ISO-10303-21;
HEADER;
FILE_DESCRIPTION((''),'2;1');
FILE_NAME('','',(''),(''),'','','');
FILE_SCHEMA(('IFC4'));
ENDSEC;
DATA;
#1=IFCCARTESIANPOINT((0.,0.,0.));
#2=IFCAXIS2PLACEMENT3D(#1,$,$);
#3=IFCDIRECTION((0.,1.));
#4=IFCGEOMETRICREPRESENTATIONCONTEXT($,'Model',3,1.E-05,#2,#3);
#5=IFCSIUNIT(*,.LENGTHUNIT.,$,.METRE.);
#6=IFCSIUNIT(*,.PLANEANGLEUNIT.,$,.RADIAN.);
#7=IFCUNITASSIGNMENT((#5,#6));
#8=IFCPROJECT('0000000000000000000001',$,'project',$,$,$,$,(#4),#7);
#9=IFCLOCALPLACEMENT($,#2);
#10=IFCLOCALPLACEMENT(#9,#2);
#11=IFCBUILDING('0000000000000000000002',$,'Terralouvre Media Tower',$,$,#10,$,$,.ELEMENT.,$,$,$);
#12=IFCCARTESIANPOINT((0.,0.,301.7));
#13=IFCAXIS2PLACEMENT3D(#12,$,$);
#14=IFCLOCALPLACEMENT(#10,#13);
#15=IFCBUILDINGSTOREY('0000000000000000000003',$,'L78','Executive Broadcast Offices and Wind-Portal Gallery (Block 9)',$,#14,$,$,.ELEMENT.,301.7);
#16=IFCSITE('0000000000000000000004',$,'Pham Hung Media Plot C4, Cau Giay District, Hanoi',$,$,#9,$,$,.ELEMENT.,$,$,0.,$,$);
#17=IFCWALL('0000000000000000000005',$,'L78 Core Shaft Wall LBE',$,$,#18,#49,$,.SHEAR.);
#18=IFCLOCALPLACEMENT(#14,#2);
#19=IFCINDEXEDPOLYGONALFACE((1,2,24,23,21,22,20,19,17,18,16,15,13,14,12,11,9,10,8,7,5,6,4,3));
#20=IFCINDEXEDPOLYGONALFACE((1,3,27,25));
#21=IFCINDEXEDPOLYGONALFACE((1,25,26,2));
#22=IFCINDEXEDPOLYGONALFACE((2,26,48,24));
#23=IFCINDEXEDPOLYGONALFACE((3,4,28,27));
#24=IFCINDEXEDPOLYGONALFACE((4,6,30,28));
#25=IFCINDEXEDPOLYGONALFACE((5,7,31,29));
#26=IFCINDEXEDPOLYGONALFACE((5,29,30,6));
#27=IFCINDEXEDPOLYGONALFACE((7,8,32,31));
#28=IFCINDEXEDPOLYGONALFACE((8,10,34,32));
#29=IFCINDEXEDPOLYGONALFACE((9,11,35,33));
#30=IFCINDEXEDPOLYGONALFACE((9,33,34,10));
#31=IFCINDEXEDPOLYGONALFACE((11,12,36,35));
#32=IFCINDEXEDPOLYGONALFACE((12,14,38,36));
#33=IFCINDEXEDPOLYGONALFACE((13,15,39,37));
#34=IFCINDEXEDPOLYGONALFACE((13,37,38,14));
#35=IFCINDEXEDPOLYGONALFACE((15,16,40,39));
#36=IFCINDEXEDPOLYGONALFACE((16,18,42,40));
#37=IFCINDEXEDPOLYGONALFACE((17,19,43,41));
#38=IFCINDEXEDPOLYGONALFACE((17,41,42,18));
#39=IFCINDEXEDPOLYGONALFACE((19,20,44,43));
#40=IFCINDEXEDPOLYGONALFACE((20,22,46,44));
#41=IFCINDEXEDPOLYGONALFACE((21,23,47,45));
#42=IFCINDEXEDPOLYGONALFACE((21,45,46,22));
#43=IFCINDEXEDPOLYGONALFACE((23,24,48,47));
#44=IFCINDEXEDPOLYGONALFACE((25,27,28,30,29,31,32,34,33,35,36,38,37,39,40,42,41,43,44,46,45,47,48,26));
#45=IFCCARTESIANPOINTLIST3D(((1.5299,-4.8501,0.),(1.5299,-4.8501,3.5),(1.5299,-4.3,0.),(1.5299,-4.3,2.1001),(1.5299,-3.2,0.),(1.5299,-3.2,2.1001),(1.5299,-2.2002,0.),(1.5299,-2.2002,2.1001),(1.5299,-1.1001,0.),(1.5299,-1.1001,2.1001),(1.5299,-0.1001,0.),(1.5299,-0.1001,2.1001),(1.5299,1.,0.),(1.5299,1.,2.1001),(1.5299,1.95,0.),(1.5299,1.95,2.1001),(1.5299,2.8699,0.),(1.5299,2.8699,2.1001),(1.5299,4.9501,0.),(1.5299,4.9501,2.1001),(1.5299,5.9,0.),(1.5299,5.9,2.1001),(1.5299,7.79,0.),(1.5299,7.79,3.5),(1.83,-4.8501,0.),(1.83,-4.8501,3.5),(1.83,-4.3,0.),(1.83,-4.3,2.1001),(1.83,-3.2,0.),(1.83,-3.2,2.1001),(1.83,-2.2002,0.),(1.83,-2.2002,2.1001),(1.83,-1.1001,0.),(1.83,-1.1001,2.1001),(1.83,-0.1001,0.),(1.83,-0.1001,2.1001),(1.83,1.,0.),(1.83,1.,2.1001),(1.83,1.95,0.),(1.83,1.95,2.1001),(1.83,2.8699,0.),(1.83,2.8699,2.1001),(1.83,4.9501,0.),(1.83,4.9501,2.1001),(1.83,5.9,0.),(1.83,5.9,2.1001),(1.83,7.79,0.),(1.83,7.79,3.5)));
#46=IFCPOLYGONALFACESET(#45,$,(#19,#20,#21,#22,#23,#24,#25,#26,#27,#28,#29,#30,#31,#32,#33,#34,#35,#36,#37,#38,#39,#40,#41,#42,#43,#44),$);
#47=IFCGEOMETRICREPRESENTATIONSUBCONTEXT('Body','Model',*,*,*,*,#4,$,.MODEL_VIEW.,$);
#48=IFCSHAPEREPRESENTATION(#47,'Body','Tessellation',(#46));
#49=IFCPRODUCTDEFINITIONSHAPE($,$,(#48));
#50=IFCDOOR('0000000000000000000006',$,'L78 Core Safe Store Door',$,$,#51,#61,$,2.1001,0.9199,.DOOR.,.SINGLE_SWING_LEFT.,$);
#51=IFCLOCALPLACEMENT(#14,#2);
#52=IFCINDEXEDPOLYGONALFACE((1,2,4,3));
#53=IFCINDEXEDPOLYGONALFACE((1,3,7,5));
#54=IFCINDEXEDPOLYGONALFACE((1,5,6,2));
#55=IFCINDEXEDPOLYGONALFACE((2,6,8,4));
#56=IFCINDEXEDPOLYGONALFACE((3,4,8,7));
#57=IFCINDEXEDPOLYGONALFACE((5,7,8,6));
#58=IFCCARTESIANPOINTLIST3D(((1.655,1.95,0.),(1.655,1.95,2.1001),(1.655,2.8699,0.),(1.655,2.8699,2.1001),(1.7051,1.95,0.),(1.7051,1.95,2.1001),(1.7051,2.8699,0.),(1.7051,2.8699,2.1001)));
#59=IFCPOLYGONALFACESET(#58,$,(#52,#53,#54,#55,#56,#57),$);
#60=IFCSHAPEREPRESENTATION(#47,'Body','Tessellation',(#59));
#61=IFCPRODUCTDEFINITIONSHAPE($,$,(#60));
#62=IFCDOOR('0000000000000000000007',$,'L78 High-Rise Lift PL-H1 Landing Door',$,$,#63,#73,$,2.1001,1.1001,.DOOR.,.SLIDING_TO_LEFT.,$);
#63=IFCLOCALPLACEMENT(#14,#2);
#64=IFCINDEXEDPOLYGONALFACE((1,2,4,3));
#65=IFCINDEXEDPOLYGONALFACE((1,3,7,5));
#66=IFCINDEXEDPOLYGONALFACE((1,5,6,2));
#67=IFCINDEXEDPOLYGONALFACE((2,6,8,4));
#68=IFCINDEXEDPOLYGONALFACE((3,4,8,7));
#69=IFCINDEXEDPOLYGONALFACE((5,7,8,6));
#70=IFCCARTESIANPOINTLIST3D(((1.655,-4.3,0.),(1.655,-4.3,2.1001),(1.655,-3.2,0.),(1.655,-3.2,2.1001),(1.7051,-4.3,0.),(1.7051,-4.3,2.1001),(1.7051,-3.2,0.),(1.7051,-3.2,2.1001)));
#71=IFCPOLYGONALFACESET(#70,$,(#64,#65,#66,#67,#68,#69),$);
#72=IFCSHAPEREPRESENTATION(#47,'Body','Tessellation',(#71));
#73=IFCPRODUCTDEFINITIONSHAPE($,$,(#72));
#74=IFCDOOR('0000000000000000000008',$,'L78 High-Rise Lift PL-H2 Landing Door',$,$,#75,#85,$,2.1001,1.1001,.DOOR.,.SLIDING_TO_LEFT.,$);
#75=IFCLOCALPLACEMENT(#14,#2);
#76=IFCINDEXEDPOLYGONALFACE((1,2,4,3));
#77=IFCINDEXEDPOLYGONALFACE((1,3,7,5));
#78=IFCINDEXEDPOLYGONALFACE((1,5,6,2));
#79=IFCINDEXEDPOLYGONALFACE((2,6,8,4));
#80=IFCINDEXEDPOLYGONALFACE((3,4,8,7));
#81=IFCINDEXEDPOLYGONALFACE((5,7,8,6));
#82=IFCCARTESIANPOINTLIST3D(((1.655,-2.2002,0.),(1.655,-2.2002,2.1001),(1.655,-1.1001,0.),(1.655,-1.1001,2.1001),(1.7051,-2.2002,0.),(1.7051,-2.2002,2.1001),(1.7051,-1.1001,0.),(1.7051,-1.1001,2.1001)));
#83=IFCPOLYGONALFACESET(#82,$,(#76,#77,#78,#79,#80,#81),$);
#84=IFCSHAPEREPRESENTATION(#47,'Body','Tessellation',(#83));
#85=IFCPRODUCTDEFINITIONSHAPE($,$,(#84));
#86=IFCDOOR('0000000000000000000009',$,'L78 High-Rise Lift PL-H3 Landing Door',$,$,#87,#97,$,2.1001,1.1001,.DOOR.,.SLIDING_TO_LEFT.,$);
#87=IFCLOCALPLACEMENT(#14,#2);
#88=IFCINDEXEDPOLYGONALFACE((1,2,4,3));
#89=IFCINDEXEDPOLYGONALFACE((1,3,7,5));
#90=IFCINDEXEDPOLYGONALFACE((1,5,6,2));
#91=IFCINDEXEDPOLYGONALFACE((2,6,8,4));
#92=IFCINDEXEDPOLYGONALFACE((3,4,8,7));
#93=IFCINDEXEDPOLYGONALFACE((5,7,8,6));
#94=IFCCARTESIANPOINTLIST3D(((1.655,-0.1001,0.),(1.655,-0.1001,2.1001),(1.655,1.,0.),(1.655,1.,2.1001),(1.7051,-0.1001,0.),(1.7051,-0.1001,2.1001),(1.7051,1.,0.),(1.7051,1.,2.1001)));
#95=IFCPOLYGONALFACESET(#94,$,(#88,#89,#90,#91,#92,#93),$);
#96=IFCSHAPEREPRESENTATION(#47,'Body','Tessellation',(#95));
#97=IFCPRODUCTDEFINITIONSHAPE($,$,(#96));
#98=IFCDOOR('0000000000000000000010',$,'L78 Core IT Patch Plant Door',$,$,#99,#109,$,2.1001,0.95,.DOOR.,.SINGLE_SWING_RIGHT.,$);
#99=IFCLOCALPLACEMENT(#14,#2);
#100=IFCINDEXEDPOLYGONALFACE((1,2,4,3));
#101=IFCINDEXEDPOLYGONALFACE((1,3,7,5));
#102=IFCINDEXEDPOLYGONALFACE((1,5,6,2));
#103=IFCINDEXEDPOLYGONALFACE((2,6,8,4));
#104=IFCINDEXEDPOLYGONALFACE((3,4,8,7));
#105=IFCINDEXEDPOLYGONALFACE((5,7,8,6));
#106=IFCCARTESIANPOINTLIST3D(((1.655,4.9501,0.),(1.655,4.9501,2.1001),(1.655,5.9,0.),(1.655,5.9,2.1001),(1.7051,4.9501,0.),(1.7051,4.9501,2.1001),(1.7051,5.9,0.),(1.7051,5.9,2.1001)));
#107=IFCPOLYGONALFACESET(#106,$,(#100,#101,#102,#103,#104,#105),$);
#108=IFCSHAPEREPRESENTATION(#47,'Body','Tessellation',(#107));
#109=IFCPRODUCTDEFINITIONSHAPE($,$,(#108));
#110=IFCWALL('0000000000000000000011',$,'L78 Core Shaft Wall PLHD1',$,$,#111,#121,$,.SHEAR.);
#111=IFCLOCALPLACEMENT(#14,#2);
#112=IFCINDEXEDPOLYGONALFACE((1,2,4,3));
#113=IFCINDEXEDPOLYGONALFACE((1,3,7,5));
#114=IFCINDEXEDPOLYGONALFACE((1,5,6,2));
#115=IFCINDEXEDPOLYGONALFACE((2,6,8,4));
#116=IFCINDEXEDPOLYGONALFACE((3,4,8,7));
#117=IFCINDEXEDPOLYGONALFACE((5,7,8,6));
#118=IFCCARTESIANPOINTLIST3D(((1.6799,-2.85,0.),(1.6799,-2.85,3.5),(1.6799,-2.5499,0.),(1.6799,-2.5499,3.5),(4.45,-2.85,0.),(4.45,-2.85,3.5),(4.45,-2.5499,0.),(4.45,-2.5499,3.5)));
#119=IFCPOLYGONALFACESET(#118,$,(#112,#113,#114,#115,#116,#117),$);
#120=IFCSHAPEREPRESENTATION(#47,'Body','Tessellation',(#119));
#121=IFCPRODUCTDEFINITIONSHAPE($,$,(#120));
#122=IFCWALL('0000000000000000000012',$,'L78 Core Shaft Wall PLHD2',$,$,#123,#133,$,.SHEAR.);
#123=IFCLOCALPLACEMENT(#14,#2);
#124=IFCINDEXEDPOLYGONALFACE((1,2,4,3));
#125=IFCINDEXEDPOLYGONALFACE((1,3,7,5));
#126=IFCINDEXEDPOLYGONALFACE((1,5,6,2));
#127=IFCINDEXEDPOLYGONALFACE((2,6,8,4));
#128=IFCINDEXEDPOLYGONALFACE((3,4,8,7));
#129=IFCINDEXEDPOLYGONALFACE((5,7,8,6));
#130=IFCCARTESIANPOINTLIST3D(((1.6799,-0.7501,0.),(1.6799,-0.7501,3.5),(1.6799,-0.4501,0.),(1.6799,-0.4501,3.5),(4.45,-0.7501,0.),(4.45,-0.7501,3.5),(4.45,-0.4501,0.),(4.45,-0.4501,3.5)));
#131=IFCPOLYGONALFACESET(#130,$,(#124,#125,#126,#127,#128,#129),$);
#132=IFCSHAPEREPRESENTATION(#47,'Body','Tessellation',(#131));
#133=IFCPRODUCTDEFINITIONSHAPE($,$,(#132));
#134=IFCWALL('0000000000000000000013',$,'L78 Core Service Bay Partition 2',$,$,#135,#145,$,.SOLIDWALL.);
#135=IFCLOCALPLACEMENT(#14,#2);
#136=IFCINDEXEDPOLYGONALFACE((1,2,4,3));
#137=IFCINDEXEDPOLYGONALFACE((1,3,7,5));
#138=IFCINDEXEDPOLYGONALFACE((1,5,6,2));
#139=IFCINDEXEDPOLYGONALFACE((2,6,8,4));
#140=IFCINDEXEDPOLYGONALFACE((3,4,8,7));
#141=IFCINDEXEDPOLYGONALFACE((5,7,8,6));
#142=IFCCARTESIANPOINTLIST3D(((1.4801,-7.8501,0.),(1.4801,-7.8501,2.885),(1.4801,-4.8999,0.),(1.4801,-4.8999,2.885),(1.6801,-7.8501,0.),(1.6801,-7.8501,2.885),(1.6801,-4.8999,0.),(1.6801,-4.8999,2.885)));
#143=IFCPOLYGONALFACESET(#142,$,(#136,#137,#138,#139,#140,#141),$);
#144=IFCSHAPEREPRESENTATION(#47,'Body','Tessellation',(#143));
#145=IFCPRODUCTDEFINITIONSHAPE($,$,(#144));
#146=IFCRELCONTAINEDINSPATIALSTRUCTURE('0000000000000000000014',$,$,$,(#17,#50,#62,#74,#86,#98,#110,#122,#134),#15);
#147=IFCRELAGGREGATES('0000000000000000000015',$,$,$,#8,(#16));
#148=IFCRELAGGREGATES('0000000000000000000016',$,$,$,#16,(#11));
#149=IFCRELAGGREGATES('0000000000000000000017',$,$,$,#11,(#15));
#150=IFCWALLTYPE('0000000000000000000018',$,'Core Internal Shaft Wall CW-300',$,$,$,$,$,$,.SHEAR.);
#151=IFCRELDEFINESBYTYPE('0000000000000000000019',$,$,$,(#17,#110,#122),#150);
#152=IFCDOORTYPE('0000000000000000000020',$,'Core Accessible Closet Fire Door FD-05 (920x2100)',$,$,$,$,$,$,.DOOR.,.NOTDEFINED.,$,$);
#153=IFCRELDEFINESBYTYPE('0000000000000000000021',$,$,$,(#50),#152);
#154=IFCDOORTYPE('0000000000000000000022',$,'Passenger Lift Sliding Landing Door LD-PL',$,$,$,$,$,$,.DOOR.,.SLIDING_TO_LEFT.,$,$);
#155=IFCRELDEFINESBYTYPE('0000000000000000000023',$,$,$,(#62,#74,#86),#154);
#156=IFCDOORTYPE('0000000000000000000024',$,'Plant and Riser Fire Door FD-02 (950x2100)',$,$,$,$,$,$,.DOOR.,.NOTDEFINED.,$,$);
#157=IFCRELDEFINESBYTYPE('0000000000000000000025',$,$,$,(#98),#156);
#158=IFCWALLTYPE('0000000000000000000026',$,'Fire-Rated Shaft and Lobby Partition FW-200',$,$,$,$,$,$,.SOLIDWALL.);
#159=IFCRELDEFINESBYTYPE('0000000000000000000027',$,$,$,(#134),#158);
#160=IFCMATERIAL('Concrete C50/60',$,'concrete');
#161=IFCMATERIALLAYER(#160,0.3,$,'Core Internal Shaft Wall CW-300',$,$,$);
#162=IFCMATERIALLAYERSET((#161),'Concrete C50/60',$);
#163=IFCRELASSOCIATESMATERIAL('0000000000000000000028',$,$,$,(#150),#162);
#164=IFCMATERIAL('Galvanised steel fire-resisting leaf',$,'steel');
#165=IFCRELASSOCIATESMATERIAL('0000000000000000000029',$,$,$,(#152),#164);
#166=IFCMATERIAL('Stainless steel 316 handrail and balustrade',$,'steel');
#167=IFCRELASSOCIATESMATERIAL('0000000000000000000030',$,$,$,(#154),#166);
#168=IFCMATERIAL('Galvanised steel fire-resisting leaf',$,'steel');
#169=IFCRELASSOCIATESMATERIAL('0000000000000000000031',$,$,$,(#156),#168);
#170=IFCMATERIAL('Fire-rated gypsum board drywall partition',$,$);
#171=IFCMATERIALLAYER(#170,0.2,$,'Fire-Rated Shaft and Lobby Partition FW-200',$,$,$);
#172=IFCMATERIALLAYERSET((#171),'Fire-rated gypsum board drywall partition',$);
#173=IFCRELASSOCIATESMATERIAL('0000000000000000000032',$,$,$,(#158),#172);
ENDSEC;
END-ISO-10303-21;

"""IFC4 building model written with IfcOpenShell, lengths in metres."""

from ifc_helpers import new_model, si_unit, direction, frame, frame_2d, origin, place, context, subcontext, project, spatial, rectangle, extrude, material, layer, layer_set, type_object, element, fill, save


model = new_model("IFC4")

# Units and contexts
model_context = context("Model", 3, precision=1e-05, world=origin(), true_north=direction((0.0, 1.0)))
body_context = subcontext(model_context, "Body", "Model", "MODEL_VIEW")
ifc_project = project(units=[si_unit("LENGTHUNIT", "METRE"), si_unit("PLANEANGLEUNIT", "RADIAN")], contexts=[model_context])

# Site, building, storey
site_placement = place(None, origin())
site = spatial("IfcSite", under=ifc_project, at=site_placement, Name="Pham Hung Media Plot C4, Cau Giay District, Hanoi", CompositionType="ELEMENT", RefElevation=0.0)
building_placement = place(site_placement, origin())
building = spatial("IfcBuilding", under=site, at=building_placement, Name="Terralouvre Media Tower", CompositionType="ELEMENT")
storey_placement = place(building_placement, frame((0.0, 0.0, 301.7)))
storey = spatial("IfcBuildingStorey", under=building, at=storey_placement, Name="L78", Description="Executive Broadcast Offices and Wind-Portal Gallery (Block 9)", CompositionType="ELEMENT", Elevation=301.7)

# Shared definitions
ifc_material_1 = material(Name="Concrete C50/60", Category="concrete")
ifc_layer_1 = layer(ifc_material_1, 0.3, Name="Core Internal Shaft Wall CW-300")
ifc_layer_set_1 = layer_set([ifc_layer_1], Name="Concrete C50/60")
wall_type_1 = type_object("IfcWallType", Name="Core Internal Shaft Wall CW-300", PredefinedType="SHEAR", material=ifc_layer_set_1)

# Wall, openings, doors
wall_1_placement = place(storey_placement, frame((1.6799, -4.8501, 0.0), z_axis=(0.0, 0.0, 1.0), x_axis=(0.0, 1.0, 0.0)))
wall_1 = element("IfcWall", 1, at=wall_1_placement, inside=storey, type_object=wall_type_1, Name="L78 Core Shaft Wall LBE", PredefinedType="SHEAR", context=body_context, shape_type="SweptSolid", body=[
    extrude(rectangle(XDim=12.6401, YDim=0.3, at=frame_2d((6.3201, 0.0))), origin(), (0.0, 0.0, 1.0), 3.5),
])
opening_1_placement = place(wall_1_placement, frame((0.55, 0.0, 0.0)))
opening_1 = element("IfcOpeningElement", 2, at=opening_1_placement, cuts=wall_1, PredefinedType="OPENING", context=body_context, shape_type="SweptSolid", body=[
    extrude(rectangle(XDim=1.1001, YDim=2.1001, at=frame_2d((0.55, 1.05))), frame((0.0, 0.1599, 0.0), z_axis=(0.0, -1.0, 0.0), x_axis=(1.0, 0.0, 0.0)), (0.0, 0.0, 1.0), 0.3201),
])
opening_2_placement = place(wall_1_placement, frame((2.6499, 0.0, 0.0)))
opening_2 = element("IfcOpeningElement", 3, at=opening_2_placement, cuts=wall_1, PredefinedType="OPENING", context=body_context, shape_type="SweptSolid", body=[
    extrude(rectangle(XDim=1.1001, YDim=2.1001, at=frame_2d((0.55, 1.05))), frame((0.0, 0.1599, 0.0), z_axis=(0.0, -1.0, 0.0), x_axis=(1.0, 0.0, 0.0)), (0.0, 0.0, 1.0), 0.3201),
])
opening_3_placement = place(wall_1_placement, frame((4.75, 0.0, 0.0)))
opening_3 = element("IfcOpeningElement", 4, at=opening_3_placement, cuts=wall_1, PredefinedType="OPENING", context=body_context, shape_type="SweptSolid", body=[
    extrude(rectangle(XDim=1.1001, YDim=2.1001, at=frame_2d((0.55, 1.05))), frame((0.0, 0.1599, 0.0), z_axis=(0.0, -1.0, 0.0), x_axis=(1.0, 0.0, 0.0)), (0.0, 0.0, 1.0), 0.3201),
])
opening_4_placement = place(wall_1_placement, frame((6.8, 0.0, 0.0)))
opening_4 = element("IfcOpeningElement", 5, at=opening_4_placement, cuts=wall_1, PredefinedType="OPENING", context=body_context, shape_type="SweptSolid", body=[
    extrude(rectangle(XDim=0.9199, YDim=2.1001, at=frame_2d((0.46, 1.05))), frame((0.0, 0.1599, 0.0), z_axis=(0.0, -1.0, 0.0), x_axis=(1.0, 0.0, 0.0)), (0.0, 0.0, 1.0), 0.3201),
])
opening_5_placement = place(wall_1_placement, frame((9.8, 0.0, 0.0)))
opening_5 = element("IfcOpeningElement", 6, at=opening_5_placement, cuts=wall_1, PredefinedType="OPENING", context=body_context, shape_type="SweptSolid", body=[
    extrude(rectangle(XDim=0.95, YDim=2.1001, at=frame_2d((0.4751, 1.05))), frame((0.0, 0.1599, 0.0), z_axis=(0.0, -1.0, 0.0), x_axis=(1.0, 0.0, 0.0)), (0.0, 0.0, 1.0), 0.3201),
])
ifc_material_2 = material(Name="Galvanised steel fire-resisting leaf", Category="steel")
door_type_1 = type_object("IfcDoorType", Name="Core Accessible Closet Fire Door FD-05 (920x2100)", OperationType="NOTDEFINED", PredefinedType="DOOR", material=ifc_material_2)
door_1_placement = place(opening_4_placement, origin())
door_1 = element("IfcDoor", 7, at=door_1_placement, inside=storey, type_object=door_type_1, Name="L78 Core Safe Store Door", OperationType="SINGLE_SWING_LEFT", OverallHeight=2.1001, OverallWidth=0.9199, PredefinedType="DOOR", context=body_context, shape_type="SweptSolid", body=[
    extrude(rectangle(XDim=0.9199, YDim=2.1001, at=frame_2d((0.46, 1.05))), frame((0.0, 0.0249, 0.0), z_axis=(0.0, -1.0, 0.0), x_axis=(1.0, 0.0, 0.0)), (0.0, 0.0, 1.0), 0.05),
])
fill(opening_4, door_1)
ifc_material_3 = material(Name="Stainless steel 316 handrail and balustrade", Category="steel")
door_type_2 = type_object("IfcDoorType", Name="Passenger Lift Sliding Landing Door LD-PL", OperationType="SLIDING_TO_LEFT", PredefinedType="DOOR", material=ifc_material_3)
door_2_placement = place(opening_1_placement, origin())
door_2 = element("IfcDoor", 8, at=door_2_placement, inside=storey, type_object=door_type_2, Name="L78 High-Rise Lift PL-H1 Landing Door", OperationType="SLIDING_TO_LEFT", OverallHeight=2.1001, OverallWidth=1.1001, PredefinedType="DOOR", context=body_context, shape_type="SweptSolid", body=[
    extrude(rectangle(XDim=1.1001, YDim=2.1001, at=frame_2d((0.55, 1.05))), frame((0.0, 0.0249, 0.0), z_axis=(0.0, -1.0, 0.0), x_axis=(1.0, 0.0, 0.0)), (0.0, 0.0, 1.0), 0.05),
])
fill(opening_1, door_2)
door_3_placement = place(opening_2_placement, origin())
door_3 = element("IfcDoor", 9, at=door_3_placement, inside=storey, type_object=door_type_2, Name="L78 High-Rise Lift PL-H2 Landing Door", OperationType="SLIDING_TO_LEFT", OverallHeight=2.1001, OverallWidth=1.1001, PredefinedType="DOOR", context=body_context, shape_type="SweptSolid", body=[
    extrude(rectangle(XDim=1.1001, YDim=2.1001, at=frame_2d((0.55, 1.05))), frame((0.0, 0.0249, 0.0), z_axis=(0.0, -1.0, 0.0), x_axis=(1.0, 0.0, 0.0)), (0.0, 0.0, 1.0), 0.05),
])
fill(opening_2, door_3)
door_4_placement = place(opening_3_placement, origin())
door_4 = element("IfcDoor", 10, at=door_4_placement, inside=storey, type_object=door_type_2, Name="L78 High-Rise Lift PL-H3 Landing Door", OperationType="SLIDING_TO_LEFT", OverallHeight=2.1001, OverallWidth=1.1001, PredefinedType="DOOR", context=body_context, shape_type="SweptSolid", body=[
    extrude(rectangle(XDim=1.1001, YDim=2.1001, at=frame_2d((0.55, 1.05))), frame((0.0, 0.0249, 0.0), z_axis=(0.0, -1.0, 0.0), x_axis=(1.0, 0.0, 0.0)), (0.0, 0.0, 1.0), 0.05),
])
fill(opening_3, door_4)
ifc_material_4 = material(Name="Galvanised steel fire-resisting leaf", Category="steel")
door_type_3 = type_object("IfcDoorType", Name="Plant and Riser Fire Door FD-02 (950x2100)", OperationType="NOTDEFINED", PredefinedType="DOOR", material=ifc_material_4)
door_5_placement = place(opening_5_placement, origin())
door_5 = element("IfcDoor", 11, at=door_5_placement, inside=storey, type_object=door_type_3, Name="L78 Core IT Patch Plant Door", OperationType="SINGLE_SWING_RIGHT", OverallHeight=2.1001, OverallWidth=0.95, PredefinedType="DOOR", context=body_context, shape_type="SweptSolid", body=[
    extrude(rectangle(XDim=0.95, YDim=2.1001, at=frame_2d((0.4751, 1.05))), frame((0.0, 0.0249, 0.0), z_axis=(0.0, -1.0, 0.0), x_axis=(1.0, 0.0, 0.0)), (0.0, 0.0, 1.0), 0.05),
])
fill(opening_5, door_5)

# Walls
for number, where, z_axis, x_axis, name in (
    (12, (1.6799, -2.7, 0.0), (0.0, 0.0, 1.0), (1.0, 0.0, 0.0), "L78 Core Shaft Wall PLHD1"),
    (13, (1.6799, -0.6001, 0.0), (0.0, 0.0, 1.0), (1.0, 0.0, 0.0), "L78 Core Shaft Wall PLHD2"),
):
    element("IfcWall", number, at=place(storey_placement, frame(where, z_axis=z_axis, x_axis=x_axis)), inside=storey, type_object=wall_type_1, Name=name, PredefinedType="SHEAR", context=body_context, shape_type="SweptSolid", body=[
        extrude(rectangle(XDim=2.77, YDim=0.3, at=frame_2d((1.385, 0.0))), origin(), (0.0, 0.0, 1.0), 3.5),
    ])
ifc_material_5 = material(Name="Fire-rated gypsum board drywall partition")
ifc_layer_2 = layer(ifc_material_5, 0.2, Name="Fire-Rated Shaft and Lobby Partition FW-200")
ifc_layer_set_2 = layer_set([ifc_layer_2], Name="Fire-rated gypsum board drywall partition")
wall_type_2 = type_object("IfcWallType", Name="Fire-Rated Shaft and Lobby Partition FW-200", PredefinedType="SOLIDWALL", material=ifc_layer_set_2)
wall_2_placement = place(storey_placement, frame((1.5801, -7.8501, 0.0), z_axis=(0.0, 0.0, 1.0), x_axis=(0.0, 1.0, 0.0)))
element("IfcWall", 14, at=wall_2_placement, inside=storey, type_object=wall_type_2, Name="L78 Core Service Bay Partition 2", PredefinedType="SOLIDWALL", context=body_context, shape_type="SweptSolid", body=[
    extrude(rectangle(XDim=2.9502, YDim=0.2, at=frame_2d((1.4751, 0.0))), origin(), (0.0, 0.0, 1.0), 2.885),
])

save(model, "model.ifc")
